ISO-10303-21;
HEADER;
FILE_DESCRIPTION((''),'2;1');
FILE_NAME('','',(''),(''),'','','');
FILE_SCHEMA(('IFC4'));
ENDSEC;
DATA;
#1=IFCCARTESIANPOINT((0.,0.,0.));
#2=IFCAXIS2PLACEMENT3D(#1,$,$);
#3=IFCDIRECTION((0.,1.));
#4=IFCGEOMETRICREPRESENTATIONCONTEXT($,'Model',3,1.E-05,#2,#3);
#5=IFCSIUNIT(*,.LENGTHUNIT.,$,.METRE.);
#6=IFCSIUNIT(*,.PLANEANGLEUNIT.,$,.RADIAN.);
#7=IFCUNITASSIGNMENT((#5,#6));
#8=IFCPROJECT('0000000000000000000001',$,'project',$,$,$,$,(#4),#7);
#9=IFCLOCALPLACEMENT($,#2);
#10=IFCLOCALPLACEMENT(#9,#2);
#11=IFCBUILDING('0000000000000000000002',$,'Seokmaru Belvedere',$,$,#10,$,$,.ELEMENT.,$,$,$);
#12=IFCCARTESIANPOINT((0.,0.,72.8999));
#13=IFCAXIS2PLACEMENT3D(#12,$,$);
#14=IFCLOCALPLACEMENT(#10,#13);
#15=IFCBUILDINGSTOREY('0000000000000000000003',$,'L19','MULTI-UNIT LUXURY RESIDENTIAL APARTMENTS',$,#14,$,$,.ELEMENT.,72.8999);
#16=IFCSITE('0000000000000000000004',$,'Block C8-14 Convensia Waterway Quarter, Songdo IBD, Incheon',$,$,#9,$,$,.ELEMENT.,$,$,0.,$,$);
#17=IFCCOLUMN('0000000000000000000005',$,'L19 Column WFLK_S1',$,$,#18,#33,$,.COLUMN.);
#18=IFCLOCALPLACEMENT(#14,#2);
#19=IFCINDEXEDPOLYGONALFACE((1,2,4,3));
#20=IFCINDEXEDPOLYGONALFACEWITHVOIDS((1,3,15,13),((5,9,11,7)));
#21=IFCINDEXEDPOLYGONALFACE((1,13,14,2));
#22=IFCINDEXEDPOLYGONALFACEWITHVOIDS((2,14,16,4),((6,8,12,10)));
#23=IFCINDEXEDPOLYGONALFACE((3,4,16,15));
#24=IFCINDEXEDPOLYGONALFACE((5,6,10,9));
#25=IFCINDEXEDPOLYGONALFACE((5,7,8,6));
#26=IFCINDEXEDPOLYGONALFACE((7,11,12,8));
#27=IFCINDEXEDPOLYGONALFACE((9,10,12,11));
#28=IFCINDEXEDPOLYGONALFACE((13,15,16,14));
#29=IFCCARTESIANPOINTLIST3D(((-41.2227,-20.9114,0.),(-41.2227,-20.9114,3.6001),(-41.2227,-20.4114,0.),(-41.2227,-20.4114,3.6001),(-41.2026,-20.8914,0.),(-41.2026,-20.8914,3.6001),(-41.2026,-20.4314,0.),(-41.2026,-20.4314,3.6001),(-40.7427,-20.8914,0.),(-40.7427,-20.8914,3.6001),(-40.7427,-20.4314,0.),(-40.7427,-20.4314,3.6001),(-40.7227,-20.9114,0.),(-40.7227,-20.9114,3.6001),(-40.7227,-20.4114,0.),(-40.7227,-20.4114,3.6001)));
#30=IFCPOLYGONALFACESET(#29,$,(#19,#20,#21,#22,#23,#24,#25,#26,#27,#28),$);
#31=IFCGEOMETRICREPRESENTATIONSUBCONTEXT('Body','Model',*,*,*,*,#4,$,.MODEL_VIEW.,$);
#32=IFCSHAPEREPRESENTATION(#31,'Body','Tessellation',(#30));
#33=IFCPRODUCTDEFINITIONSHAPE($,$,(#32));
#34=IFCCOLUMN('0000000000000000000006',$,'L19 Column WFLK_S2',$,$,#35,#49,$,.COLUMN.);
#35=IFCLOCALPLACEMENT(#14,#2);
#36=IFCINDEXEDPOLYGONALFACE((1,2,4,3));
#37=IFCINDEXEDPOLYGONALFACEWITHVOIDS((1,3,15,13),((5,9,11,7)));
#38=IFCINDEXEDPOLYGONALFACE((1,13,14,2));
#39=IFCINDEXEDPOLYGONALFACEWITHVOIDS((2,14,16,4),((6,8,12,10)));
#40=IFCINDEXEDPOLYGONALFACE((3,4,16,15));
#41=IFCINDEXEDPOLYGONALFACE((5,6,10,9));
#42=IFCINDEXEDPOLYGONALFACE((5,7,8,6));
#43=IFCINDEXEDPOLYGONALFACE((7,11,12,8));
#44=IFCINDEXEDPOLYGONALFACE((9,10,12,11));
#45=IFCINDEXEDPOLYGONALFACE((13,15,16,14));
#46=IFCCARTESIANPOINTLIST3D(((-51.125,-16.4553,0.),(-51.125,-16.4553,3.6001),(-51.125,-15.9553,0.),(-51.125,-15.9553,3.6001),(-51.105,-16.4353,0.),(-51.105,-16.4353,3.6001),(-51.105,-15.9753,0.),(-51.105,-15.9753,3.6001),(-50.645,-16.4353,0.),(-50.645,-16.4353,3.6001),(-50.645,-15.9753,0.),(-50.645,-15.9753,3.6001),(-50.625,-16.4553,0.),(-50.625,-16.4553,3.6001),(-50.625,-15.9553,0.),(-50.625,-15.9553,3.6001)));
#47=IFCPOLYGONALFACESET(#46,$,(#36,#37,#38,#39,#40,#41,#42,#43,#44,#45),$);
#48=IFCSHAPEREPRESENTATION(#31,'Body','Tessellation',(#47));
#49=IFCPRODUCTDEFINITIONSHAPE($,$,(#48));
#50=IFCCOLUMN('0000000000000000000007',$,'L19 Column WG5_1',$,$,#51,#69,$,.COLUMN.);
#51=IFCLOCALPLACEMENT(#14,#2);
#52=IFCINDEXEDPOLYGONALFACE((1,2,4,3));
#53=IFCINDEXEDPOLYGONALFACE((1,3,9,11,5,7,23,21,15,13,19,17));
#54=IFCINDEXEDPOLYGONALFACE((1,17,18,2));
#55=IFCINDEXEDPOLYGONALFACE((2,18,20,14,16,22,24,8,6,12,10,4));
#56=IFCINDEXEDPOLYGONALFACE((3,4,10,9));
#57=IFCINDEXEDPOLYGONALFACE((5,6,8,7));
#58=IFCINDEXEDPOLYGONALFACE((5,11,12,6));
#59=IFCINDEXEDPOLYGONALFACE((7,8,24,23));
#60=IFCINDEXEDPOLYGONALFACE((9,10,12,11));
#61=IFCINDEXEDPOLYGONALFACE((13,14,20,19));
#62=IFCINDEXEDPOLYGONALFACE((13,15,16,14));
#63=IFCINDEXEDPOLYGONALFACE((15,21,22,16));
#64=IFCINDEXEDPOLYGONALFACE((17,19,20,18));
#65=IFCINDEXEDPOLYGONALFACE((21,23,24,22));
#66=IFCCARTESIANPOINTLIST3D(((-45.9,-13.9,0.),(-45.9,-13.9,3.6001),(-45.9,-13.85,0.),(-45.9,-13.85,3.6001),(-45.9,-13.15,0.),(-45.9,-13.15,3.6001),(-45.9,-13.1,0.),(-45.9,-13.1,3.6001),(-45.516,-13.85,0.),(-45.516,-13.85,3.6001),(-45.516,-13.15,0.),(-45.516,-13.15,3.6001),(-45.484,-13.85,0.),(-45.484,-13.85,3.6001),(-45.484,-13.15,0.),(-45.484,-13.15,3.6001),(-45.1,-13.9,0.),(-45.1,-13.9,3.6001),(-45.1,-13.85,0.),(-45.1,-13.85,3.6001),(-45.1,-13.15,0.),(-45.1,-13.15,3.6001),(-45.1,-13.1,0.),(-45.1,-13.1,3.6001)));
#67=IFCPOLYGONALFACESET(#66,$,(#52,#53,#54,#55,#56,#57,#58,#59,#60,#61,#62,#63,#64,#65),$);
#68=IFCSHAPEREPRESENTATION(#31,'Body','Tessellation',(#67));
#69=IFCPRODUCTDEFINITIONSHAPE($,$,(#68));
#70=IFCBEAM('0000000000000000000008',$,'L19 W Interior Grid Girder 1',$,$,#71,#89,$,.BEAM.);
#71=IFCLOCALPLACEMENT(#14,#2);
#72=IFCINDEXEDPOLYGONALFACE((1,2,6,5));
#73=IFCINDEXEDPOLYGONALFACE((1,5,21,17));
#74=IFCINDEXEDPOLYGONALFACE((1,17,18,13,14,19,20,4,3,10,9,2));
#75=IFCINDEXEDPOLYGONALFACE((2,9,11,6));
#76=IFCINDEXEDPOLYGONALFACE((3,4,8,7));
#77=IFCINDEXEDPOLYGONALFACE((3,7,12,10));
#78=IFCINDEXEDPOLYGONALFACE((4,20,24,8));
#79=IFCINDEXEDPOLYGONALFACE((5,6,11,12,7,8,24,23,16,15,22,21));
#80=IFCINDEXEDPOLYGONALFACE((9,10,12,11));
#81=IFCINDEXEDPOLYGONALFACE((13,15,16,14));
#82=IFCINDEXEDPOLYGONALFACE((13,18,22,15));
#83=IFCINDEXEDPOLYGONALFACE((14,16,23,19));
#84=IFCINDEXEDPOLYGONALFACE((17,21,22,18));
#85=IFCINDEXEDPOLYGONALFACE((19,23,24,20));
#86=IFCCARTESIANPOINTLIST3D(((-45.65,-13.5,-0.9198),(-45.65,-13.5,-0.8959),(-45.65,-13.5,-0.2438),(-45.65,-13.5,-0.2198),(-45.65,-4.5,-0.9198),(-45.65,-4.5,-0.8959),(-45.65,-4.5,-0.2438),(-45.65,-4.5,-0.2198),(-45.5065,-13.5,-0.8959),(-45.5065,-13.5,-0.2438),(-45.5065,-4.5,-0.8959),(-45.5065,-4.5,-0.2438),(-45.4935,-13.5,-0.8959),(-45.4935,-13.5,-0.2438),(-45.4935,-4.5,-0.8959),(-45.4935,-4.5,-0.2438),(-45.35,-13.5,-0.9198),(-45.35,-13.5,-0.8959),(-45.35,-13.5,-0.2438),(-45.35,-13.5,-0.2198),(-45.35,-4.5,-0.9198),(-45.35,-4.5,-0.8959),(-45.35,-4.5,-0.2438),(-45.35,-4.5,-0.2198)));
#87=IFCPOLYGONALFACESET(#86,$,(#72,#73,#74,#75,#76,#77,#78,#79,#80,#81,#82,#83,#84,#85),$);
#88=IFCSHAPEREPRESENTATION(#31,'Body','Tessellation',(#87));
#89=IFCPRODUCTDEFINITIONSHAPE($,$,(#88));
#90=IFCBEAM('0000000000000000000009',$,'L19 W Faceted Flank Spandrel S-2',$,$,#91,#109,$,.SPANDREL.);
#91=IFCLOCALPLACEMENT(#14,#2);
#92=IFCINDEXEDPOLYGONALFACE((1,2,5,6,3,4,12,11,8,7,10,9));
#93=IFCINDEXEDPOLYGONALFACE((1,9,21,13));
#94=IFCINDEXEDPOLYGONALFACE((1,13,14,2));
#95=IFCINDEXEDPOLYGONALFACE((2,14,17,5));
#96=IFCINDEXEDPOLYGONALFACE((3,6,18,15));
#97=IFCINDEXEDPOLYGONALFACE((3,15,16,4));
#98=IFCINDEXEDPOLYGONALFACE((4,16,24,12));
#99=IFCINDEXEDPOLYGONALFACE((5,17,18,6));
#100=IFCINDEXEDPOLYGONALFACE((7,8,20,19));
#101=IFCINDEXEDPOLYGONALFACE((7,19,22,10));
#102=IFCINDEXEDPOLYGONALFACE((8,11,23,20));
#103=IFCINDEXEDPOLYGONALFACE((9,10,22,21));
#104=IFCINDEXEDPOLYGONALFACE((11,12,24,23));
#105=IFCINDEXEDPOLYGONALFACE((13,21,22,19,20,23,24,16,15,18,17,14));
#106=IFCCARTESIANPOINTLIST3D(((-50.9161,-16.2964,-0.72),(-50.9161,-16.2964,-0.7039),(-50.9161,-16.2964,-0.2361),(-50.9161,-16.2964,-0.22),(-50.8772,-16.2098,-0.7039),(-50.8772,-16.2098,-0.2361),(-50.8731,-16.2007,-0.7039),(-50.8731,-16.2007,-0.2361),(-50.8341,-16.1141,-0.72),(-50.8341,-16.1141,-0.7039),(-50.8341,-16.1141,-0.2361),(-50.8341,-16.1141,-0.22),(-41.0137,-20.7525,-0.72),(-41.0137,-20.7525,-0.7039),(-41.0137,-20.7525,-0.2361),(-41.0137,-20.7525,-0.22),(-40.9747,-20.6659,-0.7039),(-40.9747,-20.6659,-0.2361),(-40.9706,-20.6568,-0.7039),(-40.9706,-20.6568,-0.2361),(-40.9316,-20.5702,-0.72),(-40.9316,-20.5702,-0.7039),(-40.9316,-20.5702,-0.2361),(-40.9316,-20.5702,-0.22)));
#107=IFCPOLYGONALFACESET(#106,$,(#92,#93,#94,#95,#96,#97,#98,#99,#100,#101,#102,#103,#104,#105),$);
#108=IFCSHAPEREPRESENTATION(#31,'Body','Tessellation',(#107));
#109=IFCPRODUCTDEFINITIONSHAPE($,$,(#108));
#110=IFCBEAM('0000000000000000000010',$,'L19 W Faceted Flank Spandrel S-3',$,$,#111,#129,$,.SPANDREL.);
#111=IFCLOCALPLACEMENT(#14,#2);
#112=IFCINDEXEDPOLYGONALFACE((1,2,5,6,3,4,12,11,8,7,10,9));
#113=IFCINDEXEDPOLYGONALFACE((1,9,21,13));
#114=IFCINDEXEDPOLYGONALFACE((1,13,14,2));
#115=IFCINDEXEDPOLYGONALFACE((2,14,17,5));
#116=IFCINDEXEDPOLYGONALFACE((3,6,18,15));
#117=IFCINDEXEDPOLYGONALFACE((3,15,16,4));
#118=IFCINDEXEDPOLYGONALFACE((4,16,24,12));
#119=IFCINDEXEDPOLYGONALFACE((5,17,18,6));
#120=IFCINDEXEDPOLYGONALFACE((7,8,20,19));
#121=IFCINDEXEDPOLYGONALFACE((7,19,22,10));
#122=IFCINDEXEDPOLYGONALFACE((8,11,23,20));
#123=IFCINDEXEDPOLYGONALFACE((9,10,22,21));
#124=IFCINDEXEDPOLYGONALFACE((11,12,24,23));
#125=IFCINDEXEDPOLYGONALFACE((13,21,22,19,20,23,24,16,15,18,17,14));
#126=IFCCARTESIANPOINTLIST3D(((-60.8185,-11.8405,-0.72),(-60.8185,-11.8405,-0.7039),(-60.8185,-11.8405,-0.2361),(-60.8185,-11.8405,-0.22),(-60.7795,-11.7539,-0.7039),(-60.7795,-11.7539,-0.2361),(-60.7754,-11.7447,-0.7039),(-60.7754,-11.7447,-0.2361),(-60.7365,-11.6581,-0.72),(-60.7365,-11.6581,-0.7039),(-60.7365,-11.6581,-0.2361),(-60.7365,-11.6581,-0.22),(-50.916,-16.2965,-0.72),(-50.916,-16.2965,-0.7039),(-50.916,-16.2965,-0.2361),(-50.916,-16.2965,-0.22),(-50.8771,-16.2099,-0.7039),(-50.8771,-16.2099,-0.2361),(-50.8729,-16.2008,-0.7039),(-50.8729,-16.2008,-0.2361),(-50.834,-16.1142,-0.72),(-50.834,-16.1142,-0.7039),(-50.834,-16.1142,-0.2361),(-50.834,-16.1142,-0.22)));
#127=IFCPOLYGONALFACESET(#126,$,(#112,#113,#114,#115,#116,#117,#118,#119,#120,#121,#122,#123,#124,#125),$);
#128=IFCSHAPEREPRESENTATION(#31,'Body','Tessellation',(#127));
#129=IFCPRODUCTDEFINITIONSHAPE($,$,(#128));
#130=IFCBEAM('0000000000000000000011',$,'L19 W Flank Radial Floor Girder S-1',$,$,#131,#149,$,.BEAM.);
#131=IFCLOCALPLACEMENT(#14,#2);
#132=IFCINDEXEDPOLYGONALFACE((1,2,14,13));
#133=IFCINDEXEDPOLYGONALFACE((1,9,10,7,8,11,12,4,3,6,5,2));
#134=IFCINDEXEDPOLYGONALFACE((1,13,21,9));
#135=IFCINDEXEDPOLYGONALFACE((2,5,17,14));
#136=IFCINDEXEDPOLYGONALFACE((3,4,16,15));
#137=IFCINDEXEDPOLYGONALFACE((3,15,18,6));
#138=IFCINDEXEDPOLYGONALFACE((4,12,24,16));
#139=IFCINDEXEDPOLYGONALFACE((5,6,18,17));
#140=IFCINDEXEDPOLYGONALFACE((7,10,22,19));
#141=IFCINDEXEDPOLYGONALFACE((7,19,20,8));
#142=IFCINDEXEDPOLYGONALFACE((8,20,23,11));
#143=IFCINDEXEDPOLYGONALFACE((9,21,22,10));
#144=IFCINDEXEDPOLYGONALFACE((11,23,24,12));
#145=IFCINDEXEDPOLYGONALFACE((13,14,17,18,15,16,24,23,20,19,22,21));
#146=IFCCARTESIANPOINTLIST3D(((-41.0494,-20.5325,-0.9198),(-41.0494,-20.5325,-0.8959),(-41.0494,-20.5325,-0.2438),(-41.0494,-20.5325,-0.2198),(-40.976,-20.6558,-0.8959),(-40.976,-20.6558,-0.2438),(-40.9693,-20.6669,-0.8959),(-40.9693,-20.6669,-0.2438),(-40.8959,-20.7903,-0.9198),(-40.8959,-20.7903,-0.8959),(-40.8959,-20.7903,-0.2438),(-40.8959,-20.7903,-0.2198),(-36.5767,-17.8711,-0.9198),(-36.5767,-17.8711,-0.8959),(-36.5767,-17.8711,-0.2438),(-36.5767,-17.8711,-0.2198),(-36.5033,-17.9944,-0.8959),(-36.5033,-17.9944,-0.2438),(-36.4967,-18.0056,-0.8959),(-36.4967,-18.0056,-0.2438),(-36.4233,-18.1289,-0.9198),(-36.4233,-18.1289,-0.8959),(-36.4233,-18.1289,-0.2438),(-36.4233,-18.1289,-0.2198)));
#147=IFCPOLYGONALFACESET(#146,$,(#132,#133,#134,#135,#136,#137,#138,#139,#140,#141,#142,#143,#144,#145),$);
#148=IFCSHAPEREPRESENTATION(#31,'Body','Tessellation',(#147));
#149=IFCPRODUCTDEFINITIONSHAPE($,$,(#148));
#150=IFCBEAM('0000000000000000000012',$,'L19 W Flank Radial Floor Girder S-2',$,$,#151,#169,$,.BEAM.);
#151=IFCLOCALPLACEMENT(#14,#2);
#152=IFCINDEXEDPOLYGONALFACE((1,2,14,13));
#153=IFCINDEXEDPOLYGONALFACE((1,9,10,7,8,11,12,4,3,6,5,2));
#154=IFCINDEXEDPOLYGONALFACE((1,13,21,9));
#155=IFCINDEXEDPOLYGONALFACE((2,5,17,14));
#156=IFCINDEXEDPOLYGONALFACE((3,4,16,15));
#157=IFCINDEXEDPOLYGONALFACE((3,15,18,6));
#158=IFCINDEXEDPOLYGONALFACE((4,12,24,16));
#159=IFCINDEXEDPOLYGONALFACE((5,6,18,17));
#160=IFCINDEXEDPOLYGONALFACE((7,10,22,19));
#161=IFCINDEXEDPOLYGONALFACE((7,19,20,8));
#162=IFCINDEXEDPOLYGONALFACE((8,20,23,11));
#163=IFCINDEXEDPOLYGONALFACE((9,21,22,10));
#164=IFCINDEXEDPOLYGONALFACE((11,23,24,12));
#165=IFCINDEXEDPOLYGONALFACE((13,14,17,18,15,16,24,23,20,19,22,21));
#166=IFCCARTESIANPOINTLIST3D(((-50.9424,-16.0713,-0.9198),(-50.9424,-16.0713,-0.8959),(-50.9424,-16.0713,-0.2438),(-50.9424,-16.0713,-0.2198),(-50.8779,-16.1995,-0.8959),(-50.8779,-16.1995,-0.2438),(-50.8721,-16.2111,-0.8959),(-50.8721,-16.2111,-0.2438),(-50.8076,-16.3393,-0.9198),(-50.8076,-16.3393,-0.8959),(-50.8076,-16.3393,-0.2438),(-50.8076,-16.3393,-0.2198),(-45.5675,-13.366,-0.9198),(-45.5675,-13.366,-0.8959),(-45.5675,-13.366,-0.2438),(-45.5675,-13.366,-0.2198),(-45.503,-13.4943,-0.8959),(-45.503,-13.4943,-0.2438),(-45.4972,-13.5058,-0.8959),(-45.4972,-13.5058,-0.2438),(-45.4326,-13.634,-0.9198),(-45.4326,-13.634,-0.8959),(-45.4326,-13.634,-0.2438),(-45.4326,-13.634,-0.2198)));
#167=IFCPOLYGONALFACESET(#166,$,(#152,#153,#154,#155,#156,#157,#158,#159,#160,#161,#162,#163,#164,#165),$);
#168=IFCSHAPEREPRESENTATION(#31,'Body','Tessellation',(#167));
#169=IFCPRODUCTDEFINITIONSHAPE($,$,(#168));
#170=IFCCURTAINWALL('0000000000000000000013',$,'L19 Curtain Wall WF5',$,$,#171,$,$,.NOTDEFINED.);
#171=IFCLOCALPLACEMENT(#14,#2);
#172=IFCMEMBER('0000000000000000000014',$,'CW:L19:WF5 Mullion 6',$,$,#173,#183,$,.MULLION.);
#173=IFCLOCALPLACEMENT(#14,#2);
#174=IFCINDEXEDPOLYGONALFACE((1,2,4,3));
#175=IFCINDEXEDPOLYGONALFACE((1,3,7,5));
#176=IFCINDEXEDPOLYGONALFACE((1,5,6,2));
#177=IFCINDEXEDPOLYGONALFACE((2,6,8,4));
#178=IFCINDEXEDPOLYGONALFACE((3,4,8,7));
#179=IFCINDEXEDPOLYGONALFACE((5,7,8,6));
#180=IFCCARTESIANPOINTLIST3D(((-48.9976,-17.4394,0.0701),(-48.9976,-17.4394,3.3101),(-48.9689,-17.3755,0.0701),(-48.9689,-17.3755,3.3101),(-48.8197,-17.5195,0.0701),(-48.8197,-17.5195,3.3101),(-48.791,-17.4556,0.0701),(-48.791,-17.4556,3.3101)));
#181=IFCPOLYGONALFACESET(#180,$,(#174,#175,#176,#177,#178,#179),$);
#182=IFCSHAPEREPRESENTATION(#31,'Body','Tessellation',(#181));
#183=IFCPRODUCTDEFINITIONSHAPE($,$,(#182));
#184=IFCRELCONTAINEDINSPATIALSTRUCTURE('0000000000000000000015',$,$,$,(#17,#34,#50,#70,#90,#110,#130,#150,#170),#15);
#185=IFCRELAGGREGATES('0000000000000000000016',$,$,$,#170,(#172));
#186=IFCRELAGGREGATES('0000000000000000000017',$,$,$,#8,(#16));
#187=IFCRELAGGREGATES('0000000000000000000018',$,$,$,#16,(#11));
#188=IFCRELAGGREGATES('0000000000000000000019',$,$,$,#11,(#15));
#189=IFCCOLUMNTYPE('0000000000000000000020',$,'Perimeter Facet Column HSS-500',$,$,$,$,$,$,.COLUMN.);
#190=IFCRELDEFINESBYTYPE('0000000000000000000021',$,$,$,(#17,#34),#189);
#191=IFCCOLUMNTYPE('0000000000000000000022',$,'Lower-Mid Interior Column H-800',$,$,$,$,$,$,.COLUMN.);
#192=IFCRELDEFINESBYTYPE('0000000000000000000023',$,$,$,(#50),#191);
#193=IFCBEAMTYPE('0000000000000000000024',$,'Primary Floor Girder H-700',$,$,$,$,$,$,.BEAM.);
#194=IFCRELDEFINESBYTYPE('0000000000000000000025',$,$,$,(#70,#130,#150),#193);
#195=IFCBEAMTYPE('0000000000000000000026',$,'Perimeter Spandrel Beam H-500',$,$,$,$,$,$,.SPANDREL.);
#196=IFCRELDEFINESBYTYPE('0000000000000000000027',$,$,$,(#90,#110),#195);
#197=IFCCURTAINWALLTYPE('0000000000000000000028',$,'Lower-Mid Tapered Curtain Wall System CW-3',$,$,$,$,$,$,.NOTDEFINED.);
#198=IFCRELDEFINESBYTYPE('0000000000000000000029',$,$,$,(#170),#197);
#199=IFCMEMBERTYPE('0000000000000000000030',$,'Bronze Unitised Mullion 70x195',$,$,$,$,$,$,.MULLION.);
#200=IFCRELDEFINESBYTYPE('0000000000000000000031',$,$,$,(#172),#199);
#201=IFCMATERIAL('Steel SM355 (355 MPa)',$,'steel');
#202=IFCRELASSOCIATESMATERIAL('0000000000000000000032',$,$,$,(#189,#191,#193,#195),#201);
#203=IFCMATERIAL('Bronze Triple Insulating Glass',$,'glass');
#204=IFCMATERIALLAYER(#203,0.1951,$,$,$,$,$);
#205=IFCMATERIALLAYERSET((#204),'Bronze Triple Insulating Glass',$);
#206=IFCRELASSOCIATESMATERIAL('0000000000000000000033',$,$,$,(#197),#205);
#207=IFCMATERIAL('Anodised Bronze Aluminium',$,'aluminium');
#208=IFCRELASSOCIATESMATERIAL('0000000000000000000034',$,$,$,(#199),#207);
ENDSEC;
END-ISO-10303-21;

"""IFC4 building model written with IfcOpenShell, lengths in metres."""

from ifc_helpers import new_model, si_unit, direction, frame, origin, origin_2d, place, context, subcontext, project, spatial, rectangle, hollow_rectangle, i_section, extrude, source, transform, mapped, material, layer, layer_set, material_profile, profile_set, type_object, type_shapes, element, aggregate, save


model = new_model("IFC4")

# Units and contexts
model_context = context("Model", 3, precision=1e-05, world=origin(), true_north=direction((0.0, 1.0)))
body_context = subcontext(model_context, "Body", "Model", "MODEL_VIEW")
ifc_project = project(units=[si_unit("LENGTHUNIT", "METRE"), si_unit("PLANEANGLEUNIT", "RADIAN")], contexts=[model_context])

# Site, building, storey
site_placement = place(None, origin())
site = spatial("IfcSite", under=ifc_project, at=site_placement, Name="Block C8-14 Convensia Waterway Quarter, Songdo IBD, Incheon", CompositionType="ELEMENT", RefElevation=0.0)
building_placement = place(site_placement, origin())
building = spatial("IfcBuilding", under=site, at=building_placement, Name="Seokmaru Belvedere", CompositionType="ELEMENT")
storey_placement = place(building_placement, frame((0.0, 0.0, 72.8999)))
storey = spatial("IfcBuildingStorey", under=building, at=storey_placement, Name="L19", Description="MULTI-UNIT LUXURY RESIDENTIAL APARTMENTS", CompositionType="ELEMENT", Elevation=72.8999)

# Columns
ifc_material_1 = material(Name="Steel SM355 (355 MPa)", Category="steel")
ifc_material_profile_1 = material_profile(ifc_material_1, hollow_rectangle(XDim=0.5, YDim=0.5, WallThickness=0.02, at=origin_2d()), Name="HSS-500x500x20")
ifc_profile_set_1 = profile_set([ifc_material_profile_1], Name="Steel SM355 (355 MPa)")
column_type_1 = type_object("IfcColumnType", Name="Perimeter Facet Column HSS-500", PredefinedType="COLUMN", material=ifc_profile_set_1)
shared_shape_1 = source(origin(), body_context, "Body", "SweptSolid", [
    extrude(hollow_rectangle(XDim=0.5, YDim=0.5, WallThickness=0.02, at=origin_2d()), origin(), (0.0, 0.0, 1.0), 3.6001),
])
type_shapes(column_type_1, [shared_shape_1])
for number, where, z_axis, x_axis, name in (
    (1, (-40.9727, -20.6614, 0.0), (0.0, 0.0, 1.0), (1.0, 0.0, 0.0), "L19 Column WFLK_S1"),
    (2, (-50.875, -16.2053, 0.0), (0.0, 0.0, 1.0), (1.0, 0.0, 0.0), "L19 Column WFLK_S2"),
):
    element("IfcColumn", number, at=place(storey_placement, frame(where, z_axis=z_axis, x_axis=x_axis)), inside=storey, type_object=column_type_1, Name=name, PredefinedType="COLUMN", context=body_context, shape_type="MappedRepresentation", body=[
        mapped(shared_shape_1, transform((0.0, 0.0, 0.0), scale=1.0)),
    ])
ifc_material_profile_2 = material_profile(ifc_material_1, i_section(OverallWidth=0.8, OverallDepth=0.8, WebThickness=0.032, FlangeThickness=0.05, at=origin_2d()), Name="H-800x800x32x50")
ifc_profile_set_2 = profile_set([ifc_material_profile_2], Name="Steel SM355 (355 MPa)")
column_type_2 = type_object("IfcColumnType", Name="Lower-Mid Interior Column H-800", PredefinedType="COLUMN", material=ifc_profile_set_2)
shared_shape_2 = source(origin(), body_context, "Body", "SweptSolid", [
    extrude(i_section(OverallWidth=0.8, OverallDepth=0.8, WebThickness=0.032, FlangeThickness=0.05, at=origin_2d()), origin(), (0.0, 0.0, 1.0), 3.6001),
])
type_shapes(column_type_2, [shared_shape_2])
column_placement = place(storey_placement, frame((-45.5, -13.5, 0.0), z_axis=(0.0, 0.0, 1.0), x_axis=(1.0, 0.0, 0.0)))
element("IfcColumn", 3, at=column_placement, inside=storey, type_object=column_type_2, Name="L19 Column WG5_1", PredefinedType="COLUMN", context=body_context, shape_type="MappedRepresentation", body=[
    mapped(shared_shape_2, transform((0.0, 0.0, 0.0), scale=1.0)),
])

# Beams
ifc_material_profile_3 = material_profile(ifc_material_1, i_section(OverallWidth=0.3, OverallDepth=0.7, WebThickness=0.0129, FlangeThickness=0.0239, at=origin_2d()), Name="H-700x300x13x24")
ifc_profile_set_3 = profile_set([ifc_material_profile_3], Name="Steel SM355 (355 MPa)")
beam_type_1 = type_object("IfcBeamType", Name="Primary Floor Girder H-700", PredefinedType="BEAM", material=ifc_profile_set_3)
shared_shape_3 = source(origin(), body_context, "Body", "SweptSolid", [
    extrude(i_section(OverallWidth=0.3, OverallDepth=0.7, WebThickness=0.0129, FlangeThickness=0.0239, at=origin_2d()), origin(), (0.0, 0.0, 1.0), 9.0),
])
beam_1_placement = place(storey_placement, frame((-45.5, -13.5, -0.5698), z_axis=(0.0, 1.0, 0.0), x_axis=(-1.0, 0.0, 0.0)))
element("IfcBeam", 4, at=beam_1_placement, inside=storey, type_object=beam_type_1, Name="L19 W Interior Grid Girder 1", PredefinedType="BEAM", context=body_context, shape_type="MappedRepresentation", body=[
    mapped(shared_shape_3, transform((0.0, 0.0, 0.0), scale=1.0)),
])
ifc_material_profile_4 = material_profile(ifc_material_1, i_section(OverallWidth=0.2, OverallDepth=0.5, WebThickness=0.01, FlangeThickness=0.0161, at=origin_2d()), Name="H-500x200x10x16")
ifc_profile_set_4 = profile_set([ifc_material_profile_4], Name="Steel SM355 (355 MPa)")
beam_type_2 = type_object("IfcBeamType", Name="Perimeter Spandrel Beam H-500", PredefinedType="SPANDREL", material=ifc_profile_set_4)
shared_shape_4 = source(origin(), body_context, "Body", "SweptSolid", [
    extrude(i_section(OverallWidth=0.2, OverallDepth=0.5, WebThickness=0.01, FlangeThickness=0.0161, at=origin_2d()), origin(), (0.0, 0.0, 1.0), 10.8589),
])
type_shapes(beam_type_2, [shared_shape_4])
for number, where, z_axis, x_axis, name in (
    (5, (-40.9727, -20.6614, -0.47), (-0.911922, 0.410365, 0.0), (-0.410365, -0.911922, 0.0), "L19 W Faceted Flank Spandrel S-2"),
    (6, (-50.875, -16.2053, -0.47), (-0.911925, 0.410356, 0.0), (-0.410356, -0.911925, 0.0), "L19 W Faceted Flank Spandrel S-3"),
):
    element("IfcBeam", number, at=place(storey_placement, frame(where, z_axis=z_axis, x_axis=x_axis)), inside=storey, type_object=beam_type_2, Name=name, PredefinedType="SPANDREL", context=body_context, shape_type="MappedRepresentation", body=[
        mapped(shared_shape_4, transform((0.0, 0.0, 0.0), scale=1.0)),
    ])
shared_shape_5 = source(origin(), body_context, "Body", "SweptSolid", [
    extrude(i_section(OverallWidth=0.3, OverallDepth=0.7, WebThickness=0.0129, FlangeThickness=0.0239, at=origin_2d()), origin(), (0.0, 0.0, 1.0), 5.2046),
])
beam_2_placement = place(storey_placement, frame((-40.9727, -20.6614, -0.5698), z_axis=(0.85937, 0.511354, 0.0), x_axis=(-0.511354, 0.85937, 0.0)))
element("IfcBeam", 7, at=beam_2_placement, inside=storey, type_object=beam_type_1, Name="L19 W Flank Radial Floor Girder S-1", PredefinedType="BEAM", context=body_context, shape_type="MappedRepresentation", body=[
    mapped(shared_shape_5, transform((0.0, 0.0, 0.0), scale=1.0)),
])
shared_shape_6 = source(origin(), body_context, "Body", "SweptSolid", [
    extrude(i_section(OverallWidth=0.3, OverallDepth=0.7, WebThickness=0.0129, FlangeThickness=0.0239, at=origin_2d()), origin(), (0.0, 0.0, 1.0), 6.0173),
])
type_shapes(beam_type_1, [shared_shape_3, shared_shape_5, shared_shape_6])
beam_3_placement = place(storey_placement, frame((-50.875, -16.2053, -0.5698), z_axis=(0.893239, 0.449581, 0.0), x_axis=(-0.449581, 0.893239, 0.0)))
element("IfcBeam", 8, at=beam_3_placement, inside=storey, type_object=beam_type_1, Name="L19 W Flank Radial Floor Girder S-2", PredefinedType="BEAM", context=body_context, shape_type="MappedRepresentation", body=[
    mapped(shared_shape_6, transform((0.0, 0.0, 0.0), scale=1.0)),
])

# Curtain wall, member
ifc_material_2 = material(Name="Bronze Triple Insulating Glass", Category="glass")
ifc_layer_1 = layer(ifc_material_2, 0.1951)
ifc_layer_set_1 = layer_set([ifc_layer_1], Name="Bronze Triple Insulating Glass")
curtain_wall_type = type_object("IfcCurtainWallType", Name="Lower-Mid Tapered Curtain Wall System CW-3", PredefinedType="NOTDEFINED", material=ifc_layer_set_1)
curtain_wall_placement = place(storey_placement, origin())
curtain_wall = element("IfcCurtainWall", 9, at=curtain_wall_placement, inside=storey, type_object=curtain_wall_type, Name="L19 Curtain Wall WF5", PredefinedType="NOTDEFINED")
ifc_material_3 = material(Name="Anodised Bronze Aluminium", Category="aluminium")
ifc_material_profile_5 = material_profile(ifc_material_3, rectangle(XDim=0.0701, YDim=0.1951, at=origin_2d()), Name="CW-M-70x195")
ifc_profile_set_5 = profile_set([ifc_material_profile_5], Name="Anodised Bronze Aluminium")
member_type = type_object("IfcMemberType", Name="Bronze Unitised Mullion 70x195", PredefinedType="MULLION", material=ifc_profile_set_5)
shared_shape_7 = source(origin(), body_context, "Body", "SweptSolid", [
    extrude(rectangle(XDim=0.0701, YDim=0.1951, at=origin_2d()), origin(), (0.0, 0.0, 1.0), 3.24),
])
type_shapes(member_type, [shared_shape_7])
member_1_placement = place(storey_placement, frame((-48.8943, -17.4475, 0.0701), z_axis=(0.0, 0.0, 1.0), x_axis=(0.410366, 0.911921, 0.0)))
member_1 = element("IfcMember", 10, at=member_1_placement, type_object=member_type, Name="CW:L19:WF5 Mullion 6", PredefinedType="MULLION", context=body_context, shape_type="MappedRepresentation", body=[
    mapped(shared_shape_7, transform((0.0, 0.0, 0.0), scale=1.0)),
])
aggregate(curtain_wall, [member_1])

save(model, "model.ifc")
